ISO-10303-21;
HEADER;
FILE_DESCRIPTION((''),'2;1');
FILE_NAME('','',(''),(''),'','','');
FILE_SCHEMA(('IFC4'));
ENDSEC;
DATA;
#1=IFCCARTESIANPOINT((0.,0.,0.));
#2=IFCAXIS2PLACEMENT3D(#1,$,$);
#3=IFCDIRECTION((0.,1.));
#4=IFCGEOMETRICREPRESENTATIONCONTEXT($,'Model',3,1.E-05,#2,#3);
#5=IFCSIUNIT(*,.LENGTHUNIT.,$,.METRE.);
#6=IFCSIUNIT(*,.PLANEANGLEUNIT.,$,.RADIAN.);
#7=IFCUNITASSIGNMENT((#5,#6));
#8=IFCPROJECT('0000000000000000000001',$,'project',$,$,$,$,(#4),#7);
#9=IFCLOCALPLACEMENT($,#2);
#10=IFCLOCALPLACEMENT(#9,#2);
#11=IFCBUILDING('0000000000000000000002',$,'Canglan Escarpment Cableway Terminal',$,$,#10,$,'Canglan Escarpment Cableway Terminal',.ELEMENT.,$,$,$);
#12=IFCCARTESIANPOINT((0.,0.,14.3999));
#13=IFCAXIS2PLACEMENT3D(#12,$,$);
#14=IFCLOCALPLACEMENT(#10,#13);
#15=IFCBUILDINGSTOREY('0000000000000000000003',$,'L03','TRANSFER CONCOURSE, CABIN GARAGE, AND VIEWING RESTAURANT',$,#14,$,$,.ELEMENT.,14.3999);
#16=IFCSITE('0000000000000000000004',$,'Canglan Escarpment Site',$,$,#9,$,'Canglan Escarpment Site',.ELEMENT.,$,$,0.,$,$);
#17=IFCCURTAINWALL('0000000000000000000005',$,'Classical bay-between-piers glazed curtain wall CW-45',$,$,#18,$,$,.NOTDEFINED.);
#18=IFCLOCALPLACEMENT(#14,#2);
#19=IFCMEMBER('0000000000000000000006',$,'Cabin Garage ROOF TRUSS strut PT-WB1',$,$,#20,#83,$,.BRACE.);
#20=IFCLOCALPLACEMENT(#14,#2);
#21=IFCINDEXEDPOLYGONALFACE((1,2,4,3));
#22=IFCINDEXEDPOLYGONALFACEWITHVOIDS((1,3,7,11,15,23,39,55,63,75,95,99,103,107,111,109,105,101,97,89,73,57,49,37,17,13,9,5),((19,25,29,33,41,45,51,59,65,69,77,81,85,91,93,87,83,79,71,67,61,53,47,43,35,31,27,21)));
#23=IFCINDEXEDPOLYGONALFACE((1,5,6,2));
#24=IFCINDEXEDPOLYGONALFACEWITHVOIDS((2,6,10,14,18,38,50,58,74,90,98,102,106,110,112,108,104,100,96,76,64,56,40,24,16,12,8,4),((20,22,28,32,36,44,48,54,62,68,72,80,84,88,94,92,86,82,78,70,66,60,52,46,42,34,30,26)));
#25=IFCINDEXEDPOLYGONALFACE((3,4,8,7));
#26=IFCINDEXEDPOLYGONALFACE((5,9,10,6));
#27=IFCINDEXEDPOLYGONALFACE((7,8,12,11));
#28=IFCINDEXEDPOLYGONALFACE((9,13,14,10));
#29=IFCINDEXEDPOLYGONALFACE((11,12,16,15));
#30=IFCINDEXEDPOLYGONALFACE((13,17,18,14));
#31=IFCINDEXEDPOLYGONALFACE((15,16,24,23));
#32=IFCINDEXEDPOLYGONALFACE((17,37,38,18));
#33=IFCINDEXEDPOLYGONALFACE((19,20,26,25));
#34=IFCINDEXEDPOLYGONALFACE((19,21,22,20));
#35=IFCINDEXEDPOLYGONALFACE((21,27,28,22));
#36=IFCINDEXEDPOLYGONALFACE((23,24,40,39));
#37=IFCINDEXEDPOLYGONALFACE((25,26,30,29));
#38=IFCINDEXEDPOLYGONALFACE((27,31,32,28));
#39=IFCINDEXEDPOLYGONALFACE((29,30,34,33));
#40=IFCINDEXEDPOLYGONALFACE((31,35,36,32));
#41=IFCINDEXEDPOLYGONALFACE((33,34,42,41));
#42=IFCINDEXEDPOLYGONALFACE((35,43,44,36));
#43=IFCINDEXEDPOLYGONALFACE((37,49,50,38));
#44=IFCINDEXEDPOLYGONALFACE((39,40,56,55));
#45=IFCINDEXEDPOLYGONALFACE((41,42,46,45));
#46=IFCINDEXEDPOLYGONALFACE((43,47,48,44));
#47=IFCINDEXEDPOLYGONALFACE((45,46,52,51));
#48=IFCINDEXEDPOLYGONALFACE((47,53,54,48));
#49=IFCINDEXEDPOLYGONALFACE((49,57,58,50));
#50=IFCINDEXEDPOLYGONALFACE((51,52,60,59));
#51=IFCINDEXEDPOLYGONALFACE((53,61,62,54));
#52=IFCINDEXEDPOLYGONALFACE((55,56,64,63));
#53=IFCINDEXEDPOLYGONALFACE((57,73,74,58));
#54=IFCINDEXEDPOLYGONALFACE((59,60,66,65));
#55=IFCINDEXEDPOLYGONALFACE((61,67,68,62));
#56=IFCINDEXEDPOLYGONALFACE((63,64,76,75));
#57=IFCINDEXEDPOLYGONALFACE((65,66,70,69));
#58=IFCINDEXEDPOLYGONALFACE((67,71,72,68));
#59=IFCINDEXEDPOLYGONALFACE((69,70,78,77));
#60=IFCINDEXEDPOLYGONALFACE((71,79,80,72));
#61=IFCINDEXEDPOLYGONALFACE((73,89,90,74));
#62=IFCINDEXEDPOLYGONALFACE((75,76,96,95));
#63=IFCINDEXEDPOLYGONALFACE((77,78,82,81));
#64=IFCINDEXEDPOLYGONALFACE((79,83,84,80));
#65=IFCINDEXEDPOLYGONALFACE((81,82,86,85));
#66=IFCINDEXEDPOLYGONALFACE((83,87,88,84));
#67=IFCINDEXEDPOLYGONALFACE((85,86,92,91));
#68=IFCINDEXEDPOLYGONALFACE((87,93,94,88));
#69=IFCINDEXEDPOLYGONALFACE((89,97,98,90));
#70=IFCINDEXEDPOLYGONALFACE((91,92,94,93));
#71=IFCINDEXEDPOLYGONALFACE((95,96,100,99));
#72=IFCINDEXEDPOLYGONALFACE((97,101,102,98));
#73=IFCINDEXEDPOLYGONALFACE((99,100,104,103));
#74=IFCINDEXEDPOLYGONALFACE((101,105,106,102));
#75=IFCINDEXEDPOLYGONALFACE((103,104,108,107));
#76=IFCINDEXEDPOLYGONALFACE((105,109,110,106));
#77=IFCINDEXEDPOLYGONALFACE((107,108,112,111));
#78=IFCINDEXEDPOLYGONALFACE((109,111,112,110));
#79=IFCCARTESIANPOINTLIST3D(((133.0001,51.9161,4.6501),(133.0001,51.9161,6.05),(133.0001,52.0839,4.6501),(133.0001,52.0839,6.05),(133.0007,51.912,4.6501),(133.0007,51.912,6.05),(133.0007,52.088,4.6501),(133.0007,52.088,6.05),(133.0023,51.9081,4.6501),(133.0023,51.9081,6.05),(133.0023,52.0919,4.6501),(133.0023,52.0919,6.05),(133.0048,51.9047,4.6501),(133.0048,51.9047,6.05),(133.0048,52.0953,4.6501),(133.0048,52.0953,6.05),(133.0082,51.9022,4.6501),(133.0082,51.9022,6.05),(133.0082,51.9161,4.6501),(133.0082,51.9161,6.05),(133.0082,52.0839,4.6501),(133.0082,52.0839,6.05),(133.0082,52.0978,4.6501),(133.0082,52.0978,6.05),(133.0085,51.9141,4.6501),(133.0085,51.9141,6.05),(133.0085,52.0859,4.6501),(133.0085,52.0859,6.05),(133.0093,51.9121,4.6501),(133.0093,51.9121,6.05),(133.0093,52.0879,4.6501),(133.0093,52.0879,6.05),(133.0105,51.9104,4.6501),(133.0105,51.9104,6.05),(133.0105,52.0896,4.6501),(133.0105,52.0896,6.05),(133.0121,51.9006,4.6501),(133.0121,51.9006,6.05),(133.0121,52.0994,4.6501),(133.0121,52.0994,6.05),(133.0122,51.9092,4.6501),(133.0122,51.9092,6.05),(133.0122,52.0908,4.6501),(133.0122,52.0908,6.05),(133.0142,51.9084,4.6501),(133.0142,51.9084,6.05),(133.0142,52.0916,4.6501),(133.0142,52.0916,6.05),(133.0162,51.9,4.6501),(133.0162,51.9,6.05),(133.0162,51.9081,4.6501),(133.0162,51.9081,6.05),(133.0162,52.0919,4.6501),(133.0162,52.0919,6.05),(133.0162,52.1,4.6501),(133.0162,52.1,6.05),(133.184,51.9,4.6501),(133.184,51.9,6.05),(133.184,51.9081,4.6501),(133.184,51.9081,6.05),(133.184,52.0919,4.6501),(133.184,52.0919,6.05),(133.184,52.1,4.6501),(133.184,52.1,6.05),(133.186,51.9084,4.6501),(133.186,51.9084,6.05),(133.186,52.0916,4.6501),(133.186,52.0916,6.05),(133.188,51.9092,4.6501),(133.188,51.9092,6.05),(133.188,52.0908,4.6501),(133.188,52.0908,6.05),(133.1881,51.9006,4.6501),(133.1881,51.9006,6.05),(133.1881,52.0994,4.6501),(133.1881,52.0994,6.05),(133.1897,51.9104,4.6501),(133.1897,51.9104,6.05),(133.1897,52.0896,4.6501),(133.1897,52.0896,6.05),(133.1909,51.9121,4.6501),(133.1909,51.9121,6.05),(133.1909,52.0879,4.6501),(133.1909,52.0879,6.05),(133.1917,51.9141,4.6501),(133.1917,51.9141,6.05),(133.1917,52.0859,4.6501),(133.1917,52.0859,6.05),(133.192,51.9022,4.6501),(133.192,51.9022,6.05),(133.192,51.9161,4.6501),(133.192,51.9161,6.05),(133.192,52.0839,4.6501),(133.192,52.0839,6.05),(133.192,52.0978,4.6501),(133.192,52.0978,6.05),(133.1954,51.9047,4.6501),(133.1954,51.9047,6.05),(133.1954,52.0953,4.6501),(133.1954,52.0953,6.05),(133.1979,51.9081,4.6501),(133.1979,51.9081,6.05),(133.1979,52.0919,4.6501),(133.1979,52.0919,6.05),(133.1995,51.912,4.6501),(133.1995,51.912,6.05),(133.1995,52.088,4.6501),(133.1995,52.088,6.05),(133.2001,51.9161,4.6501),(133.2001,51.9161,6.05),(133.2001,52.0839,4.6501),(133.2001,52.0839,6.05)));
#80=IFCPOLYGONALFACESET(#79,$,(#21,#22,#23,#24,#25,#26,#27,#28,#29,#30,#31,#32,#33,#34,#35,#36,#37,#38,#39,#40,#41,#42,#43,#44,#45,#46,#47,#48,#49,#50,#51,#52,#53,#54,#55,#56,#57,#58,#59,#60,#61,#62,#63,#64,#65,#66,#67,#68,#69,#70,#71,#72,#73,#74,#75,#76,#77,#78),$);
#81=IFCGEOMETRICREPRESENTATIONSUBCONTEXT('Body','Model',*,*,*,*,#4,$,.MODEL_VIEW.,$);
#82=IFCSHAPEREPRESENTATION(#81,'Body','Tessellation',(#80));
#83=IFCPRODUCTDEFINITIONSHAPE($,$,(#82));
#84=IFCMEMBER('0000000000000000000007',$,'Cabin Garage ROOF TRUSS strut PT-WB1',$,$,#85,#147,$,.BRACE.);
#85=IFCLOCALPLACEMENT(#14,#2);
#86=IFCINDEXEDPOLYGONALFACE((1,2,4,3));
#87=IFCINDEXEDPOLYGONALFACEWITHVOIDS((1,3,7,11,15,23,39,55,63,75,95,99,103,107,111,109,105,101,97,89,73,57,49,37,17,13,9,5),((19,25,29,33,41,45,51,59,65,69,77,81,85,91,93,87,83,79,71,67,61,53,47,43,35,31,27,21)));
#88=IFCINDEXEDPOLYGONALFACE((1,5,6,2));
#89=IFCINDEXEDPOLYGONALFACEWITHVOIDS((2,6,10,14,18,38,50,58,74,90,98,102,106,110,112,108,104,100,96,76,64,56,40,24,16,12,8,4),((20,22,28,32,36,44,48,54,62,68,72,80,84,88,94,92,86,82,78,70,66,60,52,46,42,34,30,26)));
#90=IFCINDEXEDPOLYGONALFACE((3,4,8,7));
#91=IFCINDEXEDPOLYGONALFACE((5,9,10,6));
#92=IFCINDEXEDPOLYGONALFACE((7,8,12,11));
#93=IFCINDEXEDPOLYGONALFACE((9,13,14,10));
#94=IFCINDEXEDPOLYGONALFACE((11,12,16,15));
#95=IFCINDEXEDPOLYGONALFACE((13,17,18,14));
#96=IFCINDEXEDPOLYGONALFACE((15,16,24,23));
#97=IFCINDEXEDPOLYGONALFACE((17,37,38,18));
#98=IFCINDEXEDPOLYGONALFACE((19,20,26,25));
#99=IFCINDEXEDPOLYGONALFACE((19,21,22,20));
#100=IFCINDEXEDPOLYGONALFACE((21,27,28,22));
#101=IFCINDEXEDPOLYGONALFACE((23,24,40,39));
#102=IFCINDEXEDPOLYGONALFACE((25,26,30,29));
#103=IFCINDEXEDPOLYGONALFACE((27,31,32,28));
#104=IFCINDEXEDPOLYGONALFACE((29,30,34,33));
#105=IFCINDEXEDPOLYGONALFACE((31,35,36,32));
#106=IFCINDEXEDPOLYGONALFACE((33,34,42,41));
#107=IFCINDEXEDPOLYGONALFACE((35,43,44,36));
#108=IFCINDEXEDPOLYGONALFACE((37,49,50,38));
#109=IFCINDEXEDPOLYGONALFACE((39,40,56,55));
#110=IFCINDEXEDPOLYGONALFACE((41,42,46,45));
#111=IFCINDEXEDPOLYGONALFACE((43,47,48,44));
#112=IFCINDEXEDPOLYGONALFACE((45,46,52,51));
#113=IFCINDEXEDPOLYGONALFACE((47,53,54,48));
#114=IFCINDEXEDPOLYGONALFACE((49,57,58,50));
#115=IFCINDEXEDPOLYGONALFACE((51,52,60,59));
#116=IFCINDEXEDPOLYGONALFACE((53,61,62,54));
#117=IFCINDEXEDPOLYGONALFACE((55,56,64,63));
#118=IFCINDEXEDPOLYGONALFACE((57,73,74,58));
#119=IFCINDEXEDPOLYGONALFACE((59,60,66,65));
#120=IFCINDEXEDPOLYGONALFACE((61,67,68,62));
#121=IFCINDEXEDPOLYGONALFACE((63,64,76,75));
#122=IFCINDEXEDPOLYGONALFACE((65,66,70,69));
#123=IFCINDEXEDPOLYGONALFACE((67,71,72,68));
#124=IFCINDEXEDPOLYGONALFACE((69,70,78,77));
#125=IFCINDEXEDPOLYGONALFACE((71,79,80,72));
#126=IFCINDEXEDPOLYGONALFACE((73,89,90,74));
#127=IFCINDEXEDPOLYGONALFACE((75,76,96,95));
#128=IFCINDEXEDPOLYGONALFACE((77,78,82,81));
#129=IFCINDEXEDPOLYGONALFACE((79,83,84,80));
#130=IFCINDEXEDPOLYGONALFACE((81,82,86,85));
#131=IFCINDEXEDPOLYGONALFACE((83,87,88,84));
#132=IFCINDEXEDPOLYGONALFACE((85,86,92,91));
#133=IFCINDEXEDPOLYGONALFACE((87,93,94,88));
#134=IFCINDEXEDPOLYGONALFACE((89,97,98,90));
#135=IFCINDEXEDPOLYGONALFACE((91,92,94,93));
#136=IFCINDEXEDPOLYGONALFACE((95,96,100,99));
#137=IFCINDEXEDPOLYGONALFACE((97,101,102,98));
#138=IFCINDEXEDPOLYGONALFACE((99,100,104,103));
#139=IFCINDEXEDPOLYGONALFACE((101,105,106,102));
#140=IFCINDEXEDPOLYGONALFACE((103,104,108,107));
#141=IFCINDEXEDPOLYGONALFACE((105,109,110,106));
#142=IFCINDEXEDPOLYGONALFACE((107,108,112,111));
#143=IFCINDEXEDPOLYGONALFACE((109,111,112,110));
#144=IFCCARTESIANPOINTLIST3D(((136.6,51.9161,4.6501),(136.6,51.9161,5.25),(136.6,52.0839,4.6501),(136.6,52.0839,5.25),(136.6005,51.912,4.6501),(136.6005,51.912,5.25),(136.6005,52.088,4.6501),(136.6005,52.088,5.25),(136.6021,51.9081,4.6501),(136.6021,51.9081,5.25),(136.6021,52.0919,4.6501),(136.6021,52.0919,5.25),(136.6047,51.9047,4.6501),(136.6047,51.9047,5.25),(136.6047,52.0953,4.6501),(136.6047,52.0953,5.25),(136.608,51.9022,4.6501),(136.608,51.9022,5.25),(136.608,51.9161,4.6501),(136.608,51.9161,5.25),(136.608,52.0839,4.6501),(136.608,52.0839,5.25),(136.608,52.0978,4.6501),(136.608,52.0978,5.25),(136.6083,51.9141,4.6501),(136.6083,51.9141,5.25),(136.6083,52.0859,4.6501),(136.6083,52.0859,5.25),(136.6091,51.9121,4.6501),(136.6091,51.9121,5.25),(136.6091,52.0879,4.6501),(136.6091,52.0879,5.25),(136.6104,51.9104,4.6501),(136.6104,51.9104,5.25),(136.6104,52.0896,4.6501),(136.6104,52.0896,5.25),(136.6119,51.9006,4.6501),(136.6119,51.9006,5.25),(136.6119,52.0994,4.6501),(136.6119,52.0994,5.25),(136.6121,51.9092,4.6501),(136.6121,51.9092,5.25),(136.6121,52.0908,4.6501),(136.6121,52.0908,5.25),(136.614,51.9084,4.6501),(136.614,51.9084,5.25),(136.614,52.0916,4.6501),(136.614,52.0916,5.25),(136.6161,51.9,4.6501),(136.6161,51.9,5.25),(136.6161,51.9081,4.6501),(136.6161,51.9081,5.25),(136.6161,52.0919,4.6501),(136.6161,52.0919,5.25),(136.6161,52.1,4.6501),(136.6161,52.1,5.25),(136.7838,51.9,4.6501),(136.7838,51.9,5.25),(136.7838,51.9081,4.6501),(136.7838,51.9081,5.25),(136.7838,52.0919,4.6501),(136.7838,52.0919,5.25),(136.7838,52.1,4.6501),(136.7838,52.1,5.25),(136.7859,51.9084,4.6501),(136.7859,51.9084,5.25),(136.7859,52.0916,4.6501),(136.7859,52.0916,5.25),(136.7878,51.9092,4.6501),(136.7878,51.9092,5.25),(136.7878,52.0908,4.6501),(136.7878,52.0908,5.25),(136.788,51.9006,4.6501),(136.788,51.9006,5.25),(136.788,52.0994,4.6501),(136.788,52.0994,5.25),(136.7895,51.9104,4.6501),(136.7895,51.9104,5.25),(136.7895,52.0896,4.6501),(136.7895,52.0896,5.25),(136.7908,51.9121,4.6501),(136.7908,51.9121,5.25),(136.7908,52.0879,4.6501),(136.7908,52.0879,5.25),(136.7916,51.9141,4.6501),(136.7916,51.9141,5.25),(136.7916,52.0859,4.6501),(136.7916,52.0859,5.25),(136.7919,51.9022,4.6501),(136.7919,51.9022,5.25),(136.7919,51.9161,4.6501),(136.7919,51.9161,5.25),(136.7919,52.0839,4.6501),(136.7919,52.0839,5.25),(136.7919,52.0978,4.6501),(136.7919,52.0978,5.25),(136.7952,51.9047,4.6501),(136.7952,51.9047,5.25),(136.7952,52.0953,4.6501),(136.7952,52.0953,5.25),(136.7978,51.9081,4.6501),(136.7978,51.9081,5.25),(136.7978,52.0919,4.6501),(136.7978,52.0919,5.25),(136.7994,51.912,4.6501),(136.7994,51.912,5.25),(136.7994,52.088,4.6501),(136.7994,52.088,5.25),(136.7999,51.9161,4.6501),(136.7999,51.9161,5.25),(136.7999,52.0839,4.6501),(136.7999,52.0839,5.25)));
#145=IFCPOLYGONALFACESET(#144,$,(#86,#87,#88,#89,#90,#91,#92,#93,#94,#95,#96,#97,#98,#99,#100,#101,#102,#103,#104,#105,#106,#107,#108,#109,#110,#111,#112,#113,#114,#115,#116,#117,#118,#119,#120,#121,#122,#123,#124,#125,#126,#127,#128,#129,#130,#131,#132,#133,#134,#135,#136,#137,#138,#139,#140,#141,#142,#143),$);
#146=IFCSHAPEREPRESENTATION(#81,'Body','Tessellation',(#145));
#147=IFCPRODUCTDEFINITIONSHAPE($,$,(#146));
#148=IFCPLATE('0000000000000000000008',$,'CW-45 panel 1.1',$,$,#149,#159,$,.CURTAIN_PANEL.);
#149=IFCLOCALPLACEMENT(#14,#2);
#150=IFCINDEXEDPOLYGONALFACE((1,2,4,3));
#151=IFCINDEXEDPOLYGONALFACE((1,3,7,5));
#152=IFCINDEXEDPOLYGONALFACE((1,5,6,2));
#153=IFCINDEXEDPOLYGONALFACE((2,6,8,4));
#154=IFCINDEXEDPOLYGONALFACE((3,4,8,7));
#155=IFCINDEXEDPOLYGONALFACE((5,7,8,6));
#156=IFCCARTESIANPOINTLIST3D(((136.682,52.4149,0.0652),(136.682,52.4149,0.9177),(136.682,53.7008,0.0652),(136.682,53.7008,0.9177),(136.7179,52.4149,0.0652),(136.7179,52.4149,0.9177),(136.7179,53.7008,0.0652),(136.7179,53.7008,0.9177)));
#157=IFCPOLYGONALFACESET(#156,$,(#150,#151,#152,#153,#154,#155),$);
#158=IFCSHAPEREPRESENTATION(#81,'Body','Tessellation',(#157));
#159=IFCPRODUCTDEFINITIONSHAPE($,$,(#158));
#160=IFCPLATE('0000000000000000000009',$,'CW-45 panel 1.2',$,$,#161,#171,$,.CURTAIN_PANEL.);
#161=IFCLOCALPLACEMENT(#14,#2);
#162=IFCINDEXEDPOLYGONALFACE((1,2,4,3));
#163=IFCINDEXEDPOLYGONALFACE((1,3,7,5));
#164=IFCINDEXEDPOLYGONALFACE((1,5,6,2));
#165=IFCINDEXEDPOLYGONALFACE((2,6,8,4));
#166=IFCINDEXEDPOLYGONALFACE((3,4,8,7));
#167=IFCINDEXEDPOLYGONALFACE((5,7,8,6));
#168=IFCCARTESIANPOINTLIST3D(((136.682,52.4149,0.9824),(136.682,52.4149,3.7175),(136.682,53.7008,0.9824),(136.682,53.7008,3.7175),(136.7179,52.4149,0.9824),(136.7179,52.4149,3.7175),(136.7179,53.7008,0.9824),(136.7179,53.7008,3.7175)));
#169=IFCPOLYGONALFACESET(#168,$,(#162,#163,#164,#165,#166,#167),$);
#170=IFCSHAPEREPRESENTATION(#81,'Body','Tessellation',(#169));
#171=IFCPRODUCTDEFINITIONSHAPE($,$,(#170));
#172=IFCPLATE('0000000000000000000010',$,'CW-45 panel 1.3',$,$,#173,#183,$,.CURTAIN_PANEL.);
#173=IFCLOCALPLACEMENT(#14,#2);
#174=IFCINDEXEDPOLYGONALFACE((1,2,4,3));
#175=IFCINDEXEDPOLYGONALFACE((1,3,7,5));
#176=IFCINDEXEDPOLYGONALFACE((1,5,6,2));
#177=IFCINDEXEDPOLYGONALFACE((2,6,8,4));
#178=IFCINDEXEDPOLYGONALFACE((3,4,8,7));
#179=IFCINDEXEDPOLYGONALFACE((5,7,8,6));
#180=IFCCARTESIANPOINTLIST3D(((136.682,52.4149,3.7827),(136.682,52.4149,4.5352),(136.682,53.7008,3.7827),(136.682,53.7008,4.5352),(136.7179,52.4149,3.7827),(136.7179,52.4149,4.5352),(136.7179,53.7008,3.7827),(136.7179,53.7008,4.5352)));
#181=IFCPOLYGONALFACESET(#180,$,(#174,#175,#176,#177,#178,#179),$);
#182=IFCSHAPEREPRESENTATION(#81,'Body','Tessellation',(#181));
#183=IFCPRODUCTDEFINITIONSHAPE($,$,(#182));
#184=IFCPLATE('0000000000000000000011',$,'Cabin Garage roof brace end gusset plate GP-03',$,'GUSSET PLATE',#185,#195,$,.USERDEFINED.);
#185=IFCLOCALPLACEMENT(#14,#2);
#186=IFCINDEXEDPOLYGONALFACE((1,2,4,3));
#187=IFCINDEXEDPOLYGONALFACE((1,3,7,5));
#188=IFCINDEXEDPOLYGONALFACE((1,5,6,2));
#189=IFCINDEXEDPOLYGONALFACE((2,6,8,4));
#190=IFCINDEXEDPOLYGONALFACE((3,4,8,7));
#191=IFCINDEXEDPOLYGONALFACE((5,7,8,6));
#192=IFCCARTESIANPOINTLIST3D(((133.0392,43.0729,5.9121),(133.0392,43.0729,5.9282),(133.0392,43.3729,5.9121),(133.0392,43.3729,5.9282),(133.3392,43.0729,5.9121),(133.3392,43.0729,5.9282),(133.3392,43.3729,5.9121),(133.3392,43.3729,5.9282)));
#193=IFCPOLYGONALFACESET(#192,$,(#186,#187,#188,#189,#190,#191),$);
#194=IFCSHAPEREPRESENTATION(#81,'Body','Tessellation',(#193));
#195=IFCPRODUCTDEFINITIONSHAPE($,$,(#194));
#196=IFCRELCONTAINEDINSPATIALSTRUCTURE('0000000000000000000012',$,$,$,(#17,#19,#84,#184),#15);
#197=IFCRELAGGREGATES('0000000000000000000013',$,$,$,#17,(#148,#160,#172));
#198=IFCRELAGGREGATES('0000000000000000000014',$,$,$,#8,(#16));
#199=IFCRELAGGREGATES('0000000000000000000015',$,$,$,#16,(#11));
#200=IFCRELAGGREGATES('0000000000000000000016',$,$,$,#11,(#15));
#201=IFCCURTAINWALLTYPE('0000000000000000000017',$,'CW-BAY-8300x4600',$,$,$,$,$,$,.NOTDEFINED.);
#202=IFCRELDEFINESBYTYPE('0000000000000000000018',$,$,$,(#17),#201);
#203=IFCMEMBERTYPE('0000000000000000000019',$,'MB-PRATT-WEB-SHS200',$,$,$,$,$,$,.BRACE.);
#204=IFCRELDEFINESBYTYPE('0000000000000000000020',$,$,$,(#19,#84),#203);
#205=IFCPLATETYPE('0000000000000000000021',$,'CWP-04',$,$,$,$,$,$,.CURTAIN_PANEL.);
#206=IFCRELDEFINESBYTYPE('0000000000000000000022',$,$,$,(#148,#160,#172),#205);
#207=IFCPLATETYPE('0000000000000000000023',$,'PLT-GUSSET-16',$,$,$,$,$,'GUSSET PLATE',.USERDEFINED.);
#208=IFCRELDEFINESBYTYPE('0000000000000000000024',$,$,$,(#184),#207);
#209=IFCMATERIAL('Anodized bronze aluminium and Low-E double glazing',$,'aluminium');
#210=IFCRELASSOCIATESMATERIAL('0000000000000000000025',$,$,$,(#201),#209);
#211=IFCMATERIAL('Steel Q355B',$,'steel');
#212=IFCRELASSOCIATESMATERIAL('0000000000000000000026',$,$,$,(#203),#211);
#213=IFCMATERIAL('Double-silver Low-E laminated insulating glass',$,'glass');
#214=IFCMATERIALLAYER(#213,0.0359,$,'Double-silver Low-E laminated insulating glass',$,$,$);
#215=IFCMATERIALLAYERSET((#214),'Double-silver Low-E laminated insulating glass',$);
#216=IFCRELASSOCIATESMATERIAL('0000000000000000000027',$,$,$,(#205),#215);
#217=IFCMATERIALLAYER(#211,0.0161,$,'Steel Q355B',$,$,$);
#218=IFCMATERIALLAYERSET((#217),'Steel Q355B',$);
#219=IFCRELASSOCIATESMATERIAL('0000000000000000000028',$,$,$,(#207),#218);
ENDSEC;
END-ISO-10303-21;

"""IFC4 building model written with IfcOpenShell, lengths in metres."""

from ifc_helpers import new_model, si_unit, direction, frame, origin, origin_2d, place, context, subcontext, project, spatial, rectangle, hollow_rectangle, extrude, material, layer, layer_set, material_profile, profile_set, type_object, element, aggregate, save


model = new_model("IFC4")

# Units and contexts
model_context = context("Model", 3, precision=1e-05, world=origin(), true_north=direction((0.0, 1.0)))
body_context = subcontext(model_context, "Body", "Model", "MODEL_VIEW")
ifc_project = project(units=[si_unit("LENGTHUNIT", "METRE"), si_unit("PLANEANGLEUNIT", "RADIAN")], contexts=[model_context])

# Site, building, storey
site_placement = place(None, origin())
site = spatial("IfcSite", under=ifc_project, at=site_placement, Name="Canglan Escarpment Site", LongName="Canglan Escarpment Site", CompositionType="ELEMENT", RefElevation=0.0)
building_placement = place(site_placement, origin())
building = spatial("IfcBuilding", under=site, at=building_placement, Name="Canglan Escarpment Cableway Terminal", LongName="Canglan Escarpment Cableway Terminal", CompositionType="ELEMENT")
storey_placement = place(building_placement, frame((0.0, 0.0, 14.3999)))
storey = spatial("IfcBuildingStorey", under=building, at=storey_placement, Name="L03", Description="TRANSFER CONCOURSE, CABIN GARAGE, AND VIEWING RESTAURANT", CompositionType="ELEMENT", Elevation=14.3999)

# Shared definitions
ifc_material_1 = material(Name="Steel Q355B", Category="steel")

# Curtain wall
ifc_material_2 = material(Name="Anodized bronze aluminium and Low-E double glazing", Category="aluminium")
curtain_wall_type = type_object("IfcCurtainWallType", Name="CW-BAY-8300x4600", PredefinedType="NOTDEFINED", material=ifc_material_2)
curtain_wall_placement = place(storey_placement, origin())
curtain_wall = element("IfcCurtainWall", 1, at=curtain_wall_placement, inside=storey, type_object=curtain_wall_type, Name="Classical bay-between-piers glazed curtain wall CW-45", PredefinedType="NOTDEFINED")

# Members
ifc_material_profile_1 = material_profile(ifc_material_1, hollow_rectangle(XDim=0.2, YDim=0.2, WallThickness=0.0081, InnerFilletRadius=0.0081, OuterFilletRadius=0.0161, at=origin_2d()), Name="SHS 200x200x8")
ifc_profile_set_1 = profile_set([ifc_material_profile_1], Name="Steel Q355B")
member_type_1 = type_object("IfcMemberType", Name="MB-PRATT-WEB-SHS200", PredefinedType="BRACE", material=ifc_profile_set_1)
member_1_placement = place(storey_placement, frame((133.1001, 52.0, 4.6501), z_axis=(0.0, 0.0, 1.0), x_axis=(1.0, 0.0, 0.0)))
element("IfcMember", 2, at=member_1_placement, inside=storey, type_object=member_type_1, Name="Cabin Garage ROOF TRUSS strut PT-WB1", PredefinedType="BRACE", context=body_context, shape_type="SweptSolid", body=[
    extrude(hollow_rectangle(XDim=0.2, YDim=0.2, WallThickness=0.0081, InnerFilletRadius=0.0081, OuterFilletRadius=0.0161, at=origin_2d()), origin(), (0.0, 0.0, 1.0), 1.3999),
])
member_2_placement = place(storey_placement, frame((136.7, 52.0, 4.6501), z_axis=(0.0, 0.0, 1.0), x_axis=(1.0, 0.0, 0.0)))
element("IfcMember", 3, at=member_2_placement, inside=storey, type_object=member_type_1, Name="Cabin Garage ROOF TRUSS strut PT-WB1", PredefinedType="BRACE", context=body_context, shape_type="SweptSolid", body=[
    extrude(hollow_rectangle(XDim=0.2, YDim=0.2, WallThickness=0.0081, InnerFilletRadius=0.0081, OuterFilletRadius=0.0161, at=origin_2d()), origin(), (0.0, 0.0, 1.0), 0.5999),
])

# Plates
ifc_material_3 = material(Name="Double-silver Low-E laminated insulating glass", Category="glass")
ifc_layer_1 = layer(ifc_material_3, 0.0359, Name="Double-silver Low-E laminated insulating glass")
ifc_layer_set_1 = layer_set([ifc_layer_1], Name="Double-silver Low-E laminated insulating glass")
plate_type_1 = type_object("IfcPlateType", Name="CWP-04", PredefinedType="CURTAIN_PANEL", material=ifc_layer_set_1)
plate_1_placement = place(storey_placement, frame((136.7, 53.0579, 0.0652), z_axis=(0.0, 0.0, 1.0), x_axis=(0.0, 1.0, 0.0)))
plate_1 = element("IfcPlate", 4, at=plate_1_placement, type_object=plate_type_1, Name="CW-45 panel 1.1", PredefinedType="CURTAIN_PANEL", context=body_context, shape_type="SweptSolid", body=[
    extrude(rectangle(XDim=1.2859, YDim=0.0359, at=origin_2d()), origin(), (0.0, 0.0, 1.0), 0.8525),
])
plate_2_placement = place(storey_placement, frame((136.7, 53.0579, 0.9824), z_axis=(0.0, 0.0, 1.0), x_axis=(0.0, 1.0, 0.0)))
plate_2 = element("IfcPlate", 5, at=plate_2_placement, type_object=plate_type_1, Name="CW-45 panel 1.2", PredefinedType="CURTAIN_PANEL", context=body_context, shape_type="SweptSolid", body=[
    extrude(rectangle(XDim=1.2859, YDim=0.0359, at=origin_2d()), origin(), (0.0, 0.0, 1.0), 2.7351),
])
plate_3_placement = place(storey_placement, frame((136.7, 53.0579, 3.7827), z_axis=(0.0, 0.0, 1.0), x_axis=(0.0, 1.0, 0.0)))
plate_3 = element("IfcPlate", 6, at=plate_3_placement, type_object=plate_type_1, Name="CW-45 panel 1.3", PredefinedType="CURTAIN_PANEL", context=body_context, shape_type="SweptSolid", body=[
    extrude(rectangle(XDim=1.2859, YDim=0.0359, at=origin_2d()), origin(), (0.0, 0.0, 1.0), 0.7524),
])
aggregate(curtain_wall, [plate_1, plate_2, plate_3])

# Plate
ifc_layer_2 = layer(ifc_material_1, 0.0161, Name="Steel Q355B")
ifc_layer_set_2 = layer_set([ifc_layer_2], Name="Steel Q355B")
plate_type_2 = type_object("IfcPlateType", Name="PLT-GUSSET-16", ElementType="GUSSET PLATE", PredefinedType="USERDEFINED", material=ifc_layer_set_2)
for number, where, z_axis, x_axis, name in (
    (7, (133.1892, 43.2229, 5.9121), (0.0, 0.0, 1.0), (1.0, 0.0, 0.0), "Cabin Garage roof brace end gusset plate GP-03"),
):
    element("IfcPlate", number, at=place(storey_placement, frame(where, z_axis=z_axis, x_axis=x_axis)), inside=storey, type_object=plate_type_2, Name=name, ObjectType="GUSSET PLATE", PredefinedType="USERDEFINED", context=body_context, shape_type="SweptSolid", body=[
        extrude(rectangle(XDim=0.3, YDim=0.3, at=origin_2d()), origin(), (0.0, 0.0, 1.0), 0.0161),
    ])

save(model, "model.ifc")
